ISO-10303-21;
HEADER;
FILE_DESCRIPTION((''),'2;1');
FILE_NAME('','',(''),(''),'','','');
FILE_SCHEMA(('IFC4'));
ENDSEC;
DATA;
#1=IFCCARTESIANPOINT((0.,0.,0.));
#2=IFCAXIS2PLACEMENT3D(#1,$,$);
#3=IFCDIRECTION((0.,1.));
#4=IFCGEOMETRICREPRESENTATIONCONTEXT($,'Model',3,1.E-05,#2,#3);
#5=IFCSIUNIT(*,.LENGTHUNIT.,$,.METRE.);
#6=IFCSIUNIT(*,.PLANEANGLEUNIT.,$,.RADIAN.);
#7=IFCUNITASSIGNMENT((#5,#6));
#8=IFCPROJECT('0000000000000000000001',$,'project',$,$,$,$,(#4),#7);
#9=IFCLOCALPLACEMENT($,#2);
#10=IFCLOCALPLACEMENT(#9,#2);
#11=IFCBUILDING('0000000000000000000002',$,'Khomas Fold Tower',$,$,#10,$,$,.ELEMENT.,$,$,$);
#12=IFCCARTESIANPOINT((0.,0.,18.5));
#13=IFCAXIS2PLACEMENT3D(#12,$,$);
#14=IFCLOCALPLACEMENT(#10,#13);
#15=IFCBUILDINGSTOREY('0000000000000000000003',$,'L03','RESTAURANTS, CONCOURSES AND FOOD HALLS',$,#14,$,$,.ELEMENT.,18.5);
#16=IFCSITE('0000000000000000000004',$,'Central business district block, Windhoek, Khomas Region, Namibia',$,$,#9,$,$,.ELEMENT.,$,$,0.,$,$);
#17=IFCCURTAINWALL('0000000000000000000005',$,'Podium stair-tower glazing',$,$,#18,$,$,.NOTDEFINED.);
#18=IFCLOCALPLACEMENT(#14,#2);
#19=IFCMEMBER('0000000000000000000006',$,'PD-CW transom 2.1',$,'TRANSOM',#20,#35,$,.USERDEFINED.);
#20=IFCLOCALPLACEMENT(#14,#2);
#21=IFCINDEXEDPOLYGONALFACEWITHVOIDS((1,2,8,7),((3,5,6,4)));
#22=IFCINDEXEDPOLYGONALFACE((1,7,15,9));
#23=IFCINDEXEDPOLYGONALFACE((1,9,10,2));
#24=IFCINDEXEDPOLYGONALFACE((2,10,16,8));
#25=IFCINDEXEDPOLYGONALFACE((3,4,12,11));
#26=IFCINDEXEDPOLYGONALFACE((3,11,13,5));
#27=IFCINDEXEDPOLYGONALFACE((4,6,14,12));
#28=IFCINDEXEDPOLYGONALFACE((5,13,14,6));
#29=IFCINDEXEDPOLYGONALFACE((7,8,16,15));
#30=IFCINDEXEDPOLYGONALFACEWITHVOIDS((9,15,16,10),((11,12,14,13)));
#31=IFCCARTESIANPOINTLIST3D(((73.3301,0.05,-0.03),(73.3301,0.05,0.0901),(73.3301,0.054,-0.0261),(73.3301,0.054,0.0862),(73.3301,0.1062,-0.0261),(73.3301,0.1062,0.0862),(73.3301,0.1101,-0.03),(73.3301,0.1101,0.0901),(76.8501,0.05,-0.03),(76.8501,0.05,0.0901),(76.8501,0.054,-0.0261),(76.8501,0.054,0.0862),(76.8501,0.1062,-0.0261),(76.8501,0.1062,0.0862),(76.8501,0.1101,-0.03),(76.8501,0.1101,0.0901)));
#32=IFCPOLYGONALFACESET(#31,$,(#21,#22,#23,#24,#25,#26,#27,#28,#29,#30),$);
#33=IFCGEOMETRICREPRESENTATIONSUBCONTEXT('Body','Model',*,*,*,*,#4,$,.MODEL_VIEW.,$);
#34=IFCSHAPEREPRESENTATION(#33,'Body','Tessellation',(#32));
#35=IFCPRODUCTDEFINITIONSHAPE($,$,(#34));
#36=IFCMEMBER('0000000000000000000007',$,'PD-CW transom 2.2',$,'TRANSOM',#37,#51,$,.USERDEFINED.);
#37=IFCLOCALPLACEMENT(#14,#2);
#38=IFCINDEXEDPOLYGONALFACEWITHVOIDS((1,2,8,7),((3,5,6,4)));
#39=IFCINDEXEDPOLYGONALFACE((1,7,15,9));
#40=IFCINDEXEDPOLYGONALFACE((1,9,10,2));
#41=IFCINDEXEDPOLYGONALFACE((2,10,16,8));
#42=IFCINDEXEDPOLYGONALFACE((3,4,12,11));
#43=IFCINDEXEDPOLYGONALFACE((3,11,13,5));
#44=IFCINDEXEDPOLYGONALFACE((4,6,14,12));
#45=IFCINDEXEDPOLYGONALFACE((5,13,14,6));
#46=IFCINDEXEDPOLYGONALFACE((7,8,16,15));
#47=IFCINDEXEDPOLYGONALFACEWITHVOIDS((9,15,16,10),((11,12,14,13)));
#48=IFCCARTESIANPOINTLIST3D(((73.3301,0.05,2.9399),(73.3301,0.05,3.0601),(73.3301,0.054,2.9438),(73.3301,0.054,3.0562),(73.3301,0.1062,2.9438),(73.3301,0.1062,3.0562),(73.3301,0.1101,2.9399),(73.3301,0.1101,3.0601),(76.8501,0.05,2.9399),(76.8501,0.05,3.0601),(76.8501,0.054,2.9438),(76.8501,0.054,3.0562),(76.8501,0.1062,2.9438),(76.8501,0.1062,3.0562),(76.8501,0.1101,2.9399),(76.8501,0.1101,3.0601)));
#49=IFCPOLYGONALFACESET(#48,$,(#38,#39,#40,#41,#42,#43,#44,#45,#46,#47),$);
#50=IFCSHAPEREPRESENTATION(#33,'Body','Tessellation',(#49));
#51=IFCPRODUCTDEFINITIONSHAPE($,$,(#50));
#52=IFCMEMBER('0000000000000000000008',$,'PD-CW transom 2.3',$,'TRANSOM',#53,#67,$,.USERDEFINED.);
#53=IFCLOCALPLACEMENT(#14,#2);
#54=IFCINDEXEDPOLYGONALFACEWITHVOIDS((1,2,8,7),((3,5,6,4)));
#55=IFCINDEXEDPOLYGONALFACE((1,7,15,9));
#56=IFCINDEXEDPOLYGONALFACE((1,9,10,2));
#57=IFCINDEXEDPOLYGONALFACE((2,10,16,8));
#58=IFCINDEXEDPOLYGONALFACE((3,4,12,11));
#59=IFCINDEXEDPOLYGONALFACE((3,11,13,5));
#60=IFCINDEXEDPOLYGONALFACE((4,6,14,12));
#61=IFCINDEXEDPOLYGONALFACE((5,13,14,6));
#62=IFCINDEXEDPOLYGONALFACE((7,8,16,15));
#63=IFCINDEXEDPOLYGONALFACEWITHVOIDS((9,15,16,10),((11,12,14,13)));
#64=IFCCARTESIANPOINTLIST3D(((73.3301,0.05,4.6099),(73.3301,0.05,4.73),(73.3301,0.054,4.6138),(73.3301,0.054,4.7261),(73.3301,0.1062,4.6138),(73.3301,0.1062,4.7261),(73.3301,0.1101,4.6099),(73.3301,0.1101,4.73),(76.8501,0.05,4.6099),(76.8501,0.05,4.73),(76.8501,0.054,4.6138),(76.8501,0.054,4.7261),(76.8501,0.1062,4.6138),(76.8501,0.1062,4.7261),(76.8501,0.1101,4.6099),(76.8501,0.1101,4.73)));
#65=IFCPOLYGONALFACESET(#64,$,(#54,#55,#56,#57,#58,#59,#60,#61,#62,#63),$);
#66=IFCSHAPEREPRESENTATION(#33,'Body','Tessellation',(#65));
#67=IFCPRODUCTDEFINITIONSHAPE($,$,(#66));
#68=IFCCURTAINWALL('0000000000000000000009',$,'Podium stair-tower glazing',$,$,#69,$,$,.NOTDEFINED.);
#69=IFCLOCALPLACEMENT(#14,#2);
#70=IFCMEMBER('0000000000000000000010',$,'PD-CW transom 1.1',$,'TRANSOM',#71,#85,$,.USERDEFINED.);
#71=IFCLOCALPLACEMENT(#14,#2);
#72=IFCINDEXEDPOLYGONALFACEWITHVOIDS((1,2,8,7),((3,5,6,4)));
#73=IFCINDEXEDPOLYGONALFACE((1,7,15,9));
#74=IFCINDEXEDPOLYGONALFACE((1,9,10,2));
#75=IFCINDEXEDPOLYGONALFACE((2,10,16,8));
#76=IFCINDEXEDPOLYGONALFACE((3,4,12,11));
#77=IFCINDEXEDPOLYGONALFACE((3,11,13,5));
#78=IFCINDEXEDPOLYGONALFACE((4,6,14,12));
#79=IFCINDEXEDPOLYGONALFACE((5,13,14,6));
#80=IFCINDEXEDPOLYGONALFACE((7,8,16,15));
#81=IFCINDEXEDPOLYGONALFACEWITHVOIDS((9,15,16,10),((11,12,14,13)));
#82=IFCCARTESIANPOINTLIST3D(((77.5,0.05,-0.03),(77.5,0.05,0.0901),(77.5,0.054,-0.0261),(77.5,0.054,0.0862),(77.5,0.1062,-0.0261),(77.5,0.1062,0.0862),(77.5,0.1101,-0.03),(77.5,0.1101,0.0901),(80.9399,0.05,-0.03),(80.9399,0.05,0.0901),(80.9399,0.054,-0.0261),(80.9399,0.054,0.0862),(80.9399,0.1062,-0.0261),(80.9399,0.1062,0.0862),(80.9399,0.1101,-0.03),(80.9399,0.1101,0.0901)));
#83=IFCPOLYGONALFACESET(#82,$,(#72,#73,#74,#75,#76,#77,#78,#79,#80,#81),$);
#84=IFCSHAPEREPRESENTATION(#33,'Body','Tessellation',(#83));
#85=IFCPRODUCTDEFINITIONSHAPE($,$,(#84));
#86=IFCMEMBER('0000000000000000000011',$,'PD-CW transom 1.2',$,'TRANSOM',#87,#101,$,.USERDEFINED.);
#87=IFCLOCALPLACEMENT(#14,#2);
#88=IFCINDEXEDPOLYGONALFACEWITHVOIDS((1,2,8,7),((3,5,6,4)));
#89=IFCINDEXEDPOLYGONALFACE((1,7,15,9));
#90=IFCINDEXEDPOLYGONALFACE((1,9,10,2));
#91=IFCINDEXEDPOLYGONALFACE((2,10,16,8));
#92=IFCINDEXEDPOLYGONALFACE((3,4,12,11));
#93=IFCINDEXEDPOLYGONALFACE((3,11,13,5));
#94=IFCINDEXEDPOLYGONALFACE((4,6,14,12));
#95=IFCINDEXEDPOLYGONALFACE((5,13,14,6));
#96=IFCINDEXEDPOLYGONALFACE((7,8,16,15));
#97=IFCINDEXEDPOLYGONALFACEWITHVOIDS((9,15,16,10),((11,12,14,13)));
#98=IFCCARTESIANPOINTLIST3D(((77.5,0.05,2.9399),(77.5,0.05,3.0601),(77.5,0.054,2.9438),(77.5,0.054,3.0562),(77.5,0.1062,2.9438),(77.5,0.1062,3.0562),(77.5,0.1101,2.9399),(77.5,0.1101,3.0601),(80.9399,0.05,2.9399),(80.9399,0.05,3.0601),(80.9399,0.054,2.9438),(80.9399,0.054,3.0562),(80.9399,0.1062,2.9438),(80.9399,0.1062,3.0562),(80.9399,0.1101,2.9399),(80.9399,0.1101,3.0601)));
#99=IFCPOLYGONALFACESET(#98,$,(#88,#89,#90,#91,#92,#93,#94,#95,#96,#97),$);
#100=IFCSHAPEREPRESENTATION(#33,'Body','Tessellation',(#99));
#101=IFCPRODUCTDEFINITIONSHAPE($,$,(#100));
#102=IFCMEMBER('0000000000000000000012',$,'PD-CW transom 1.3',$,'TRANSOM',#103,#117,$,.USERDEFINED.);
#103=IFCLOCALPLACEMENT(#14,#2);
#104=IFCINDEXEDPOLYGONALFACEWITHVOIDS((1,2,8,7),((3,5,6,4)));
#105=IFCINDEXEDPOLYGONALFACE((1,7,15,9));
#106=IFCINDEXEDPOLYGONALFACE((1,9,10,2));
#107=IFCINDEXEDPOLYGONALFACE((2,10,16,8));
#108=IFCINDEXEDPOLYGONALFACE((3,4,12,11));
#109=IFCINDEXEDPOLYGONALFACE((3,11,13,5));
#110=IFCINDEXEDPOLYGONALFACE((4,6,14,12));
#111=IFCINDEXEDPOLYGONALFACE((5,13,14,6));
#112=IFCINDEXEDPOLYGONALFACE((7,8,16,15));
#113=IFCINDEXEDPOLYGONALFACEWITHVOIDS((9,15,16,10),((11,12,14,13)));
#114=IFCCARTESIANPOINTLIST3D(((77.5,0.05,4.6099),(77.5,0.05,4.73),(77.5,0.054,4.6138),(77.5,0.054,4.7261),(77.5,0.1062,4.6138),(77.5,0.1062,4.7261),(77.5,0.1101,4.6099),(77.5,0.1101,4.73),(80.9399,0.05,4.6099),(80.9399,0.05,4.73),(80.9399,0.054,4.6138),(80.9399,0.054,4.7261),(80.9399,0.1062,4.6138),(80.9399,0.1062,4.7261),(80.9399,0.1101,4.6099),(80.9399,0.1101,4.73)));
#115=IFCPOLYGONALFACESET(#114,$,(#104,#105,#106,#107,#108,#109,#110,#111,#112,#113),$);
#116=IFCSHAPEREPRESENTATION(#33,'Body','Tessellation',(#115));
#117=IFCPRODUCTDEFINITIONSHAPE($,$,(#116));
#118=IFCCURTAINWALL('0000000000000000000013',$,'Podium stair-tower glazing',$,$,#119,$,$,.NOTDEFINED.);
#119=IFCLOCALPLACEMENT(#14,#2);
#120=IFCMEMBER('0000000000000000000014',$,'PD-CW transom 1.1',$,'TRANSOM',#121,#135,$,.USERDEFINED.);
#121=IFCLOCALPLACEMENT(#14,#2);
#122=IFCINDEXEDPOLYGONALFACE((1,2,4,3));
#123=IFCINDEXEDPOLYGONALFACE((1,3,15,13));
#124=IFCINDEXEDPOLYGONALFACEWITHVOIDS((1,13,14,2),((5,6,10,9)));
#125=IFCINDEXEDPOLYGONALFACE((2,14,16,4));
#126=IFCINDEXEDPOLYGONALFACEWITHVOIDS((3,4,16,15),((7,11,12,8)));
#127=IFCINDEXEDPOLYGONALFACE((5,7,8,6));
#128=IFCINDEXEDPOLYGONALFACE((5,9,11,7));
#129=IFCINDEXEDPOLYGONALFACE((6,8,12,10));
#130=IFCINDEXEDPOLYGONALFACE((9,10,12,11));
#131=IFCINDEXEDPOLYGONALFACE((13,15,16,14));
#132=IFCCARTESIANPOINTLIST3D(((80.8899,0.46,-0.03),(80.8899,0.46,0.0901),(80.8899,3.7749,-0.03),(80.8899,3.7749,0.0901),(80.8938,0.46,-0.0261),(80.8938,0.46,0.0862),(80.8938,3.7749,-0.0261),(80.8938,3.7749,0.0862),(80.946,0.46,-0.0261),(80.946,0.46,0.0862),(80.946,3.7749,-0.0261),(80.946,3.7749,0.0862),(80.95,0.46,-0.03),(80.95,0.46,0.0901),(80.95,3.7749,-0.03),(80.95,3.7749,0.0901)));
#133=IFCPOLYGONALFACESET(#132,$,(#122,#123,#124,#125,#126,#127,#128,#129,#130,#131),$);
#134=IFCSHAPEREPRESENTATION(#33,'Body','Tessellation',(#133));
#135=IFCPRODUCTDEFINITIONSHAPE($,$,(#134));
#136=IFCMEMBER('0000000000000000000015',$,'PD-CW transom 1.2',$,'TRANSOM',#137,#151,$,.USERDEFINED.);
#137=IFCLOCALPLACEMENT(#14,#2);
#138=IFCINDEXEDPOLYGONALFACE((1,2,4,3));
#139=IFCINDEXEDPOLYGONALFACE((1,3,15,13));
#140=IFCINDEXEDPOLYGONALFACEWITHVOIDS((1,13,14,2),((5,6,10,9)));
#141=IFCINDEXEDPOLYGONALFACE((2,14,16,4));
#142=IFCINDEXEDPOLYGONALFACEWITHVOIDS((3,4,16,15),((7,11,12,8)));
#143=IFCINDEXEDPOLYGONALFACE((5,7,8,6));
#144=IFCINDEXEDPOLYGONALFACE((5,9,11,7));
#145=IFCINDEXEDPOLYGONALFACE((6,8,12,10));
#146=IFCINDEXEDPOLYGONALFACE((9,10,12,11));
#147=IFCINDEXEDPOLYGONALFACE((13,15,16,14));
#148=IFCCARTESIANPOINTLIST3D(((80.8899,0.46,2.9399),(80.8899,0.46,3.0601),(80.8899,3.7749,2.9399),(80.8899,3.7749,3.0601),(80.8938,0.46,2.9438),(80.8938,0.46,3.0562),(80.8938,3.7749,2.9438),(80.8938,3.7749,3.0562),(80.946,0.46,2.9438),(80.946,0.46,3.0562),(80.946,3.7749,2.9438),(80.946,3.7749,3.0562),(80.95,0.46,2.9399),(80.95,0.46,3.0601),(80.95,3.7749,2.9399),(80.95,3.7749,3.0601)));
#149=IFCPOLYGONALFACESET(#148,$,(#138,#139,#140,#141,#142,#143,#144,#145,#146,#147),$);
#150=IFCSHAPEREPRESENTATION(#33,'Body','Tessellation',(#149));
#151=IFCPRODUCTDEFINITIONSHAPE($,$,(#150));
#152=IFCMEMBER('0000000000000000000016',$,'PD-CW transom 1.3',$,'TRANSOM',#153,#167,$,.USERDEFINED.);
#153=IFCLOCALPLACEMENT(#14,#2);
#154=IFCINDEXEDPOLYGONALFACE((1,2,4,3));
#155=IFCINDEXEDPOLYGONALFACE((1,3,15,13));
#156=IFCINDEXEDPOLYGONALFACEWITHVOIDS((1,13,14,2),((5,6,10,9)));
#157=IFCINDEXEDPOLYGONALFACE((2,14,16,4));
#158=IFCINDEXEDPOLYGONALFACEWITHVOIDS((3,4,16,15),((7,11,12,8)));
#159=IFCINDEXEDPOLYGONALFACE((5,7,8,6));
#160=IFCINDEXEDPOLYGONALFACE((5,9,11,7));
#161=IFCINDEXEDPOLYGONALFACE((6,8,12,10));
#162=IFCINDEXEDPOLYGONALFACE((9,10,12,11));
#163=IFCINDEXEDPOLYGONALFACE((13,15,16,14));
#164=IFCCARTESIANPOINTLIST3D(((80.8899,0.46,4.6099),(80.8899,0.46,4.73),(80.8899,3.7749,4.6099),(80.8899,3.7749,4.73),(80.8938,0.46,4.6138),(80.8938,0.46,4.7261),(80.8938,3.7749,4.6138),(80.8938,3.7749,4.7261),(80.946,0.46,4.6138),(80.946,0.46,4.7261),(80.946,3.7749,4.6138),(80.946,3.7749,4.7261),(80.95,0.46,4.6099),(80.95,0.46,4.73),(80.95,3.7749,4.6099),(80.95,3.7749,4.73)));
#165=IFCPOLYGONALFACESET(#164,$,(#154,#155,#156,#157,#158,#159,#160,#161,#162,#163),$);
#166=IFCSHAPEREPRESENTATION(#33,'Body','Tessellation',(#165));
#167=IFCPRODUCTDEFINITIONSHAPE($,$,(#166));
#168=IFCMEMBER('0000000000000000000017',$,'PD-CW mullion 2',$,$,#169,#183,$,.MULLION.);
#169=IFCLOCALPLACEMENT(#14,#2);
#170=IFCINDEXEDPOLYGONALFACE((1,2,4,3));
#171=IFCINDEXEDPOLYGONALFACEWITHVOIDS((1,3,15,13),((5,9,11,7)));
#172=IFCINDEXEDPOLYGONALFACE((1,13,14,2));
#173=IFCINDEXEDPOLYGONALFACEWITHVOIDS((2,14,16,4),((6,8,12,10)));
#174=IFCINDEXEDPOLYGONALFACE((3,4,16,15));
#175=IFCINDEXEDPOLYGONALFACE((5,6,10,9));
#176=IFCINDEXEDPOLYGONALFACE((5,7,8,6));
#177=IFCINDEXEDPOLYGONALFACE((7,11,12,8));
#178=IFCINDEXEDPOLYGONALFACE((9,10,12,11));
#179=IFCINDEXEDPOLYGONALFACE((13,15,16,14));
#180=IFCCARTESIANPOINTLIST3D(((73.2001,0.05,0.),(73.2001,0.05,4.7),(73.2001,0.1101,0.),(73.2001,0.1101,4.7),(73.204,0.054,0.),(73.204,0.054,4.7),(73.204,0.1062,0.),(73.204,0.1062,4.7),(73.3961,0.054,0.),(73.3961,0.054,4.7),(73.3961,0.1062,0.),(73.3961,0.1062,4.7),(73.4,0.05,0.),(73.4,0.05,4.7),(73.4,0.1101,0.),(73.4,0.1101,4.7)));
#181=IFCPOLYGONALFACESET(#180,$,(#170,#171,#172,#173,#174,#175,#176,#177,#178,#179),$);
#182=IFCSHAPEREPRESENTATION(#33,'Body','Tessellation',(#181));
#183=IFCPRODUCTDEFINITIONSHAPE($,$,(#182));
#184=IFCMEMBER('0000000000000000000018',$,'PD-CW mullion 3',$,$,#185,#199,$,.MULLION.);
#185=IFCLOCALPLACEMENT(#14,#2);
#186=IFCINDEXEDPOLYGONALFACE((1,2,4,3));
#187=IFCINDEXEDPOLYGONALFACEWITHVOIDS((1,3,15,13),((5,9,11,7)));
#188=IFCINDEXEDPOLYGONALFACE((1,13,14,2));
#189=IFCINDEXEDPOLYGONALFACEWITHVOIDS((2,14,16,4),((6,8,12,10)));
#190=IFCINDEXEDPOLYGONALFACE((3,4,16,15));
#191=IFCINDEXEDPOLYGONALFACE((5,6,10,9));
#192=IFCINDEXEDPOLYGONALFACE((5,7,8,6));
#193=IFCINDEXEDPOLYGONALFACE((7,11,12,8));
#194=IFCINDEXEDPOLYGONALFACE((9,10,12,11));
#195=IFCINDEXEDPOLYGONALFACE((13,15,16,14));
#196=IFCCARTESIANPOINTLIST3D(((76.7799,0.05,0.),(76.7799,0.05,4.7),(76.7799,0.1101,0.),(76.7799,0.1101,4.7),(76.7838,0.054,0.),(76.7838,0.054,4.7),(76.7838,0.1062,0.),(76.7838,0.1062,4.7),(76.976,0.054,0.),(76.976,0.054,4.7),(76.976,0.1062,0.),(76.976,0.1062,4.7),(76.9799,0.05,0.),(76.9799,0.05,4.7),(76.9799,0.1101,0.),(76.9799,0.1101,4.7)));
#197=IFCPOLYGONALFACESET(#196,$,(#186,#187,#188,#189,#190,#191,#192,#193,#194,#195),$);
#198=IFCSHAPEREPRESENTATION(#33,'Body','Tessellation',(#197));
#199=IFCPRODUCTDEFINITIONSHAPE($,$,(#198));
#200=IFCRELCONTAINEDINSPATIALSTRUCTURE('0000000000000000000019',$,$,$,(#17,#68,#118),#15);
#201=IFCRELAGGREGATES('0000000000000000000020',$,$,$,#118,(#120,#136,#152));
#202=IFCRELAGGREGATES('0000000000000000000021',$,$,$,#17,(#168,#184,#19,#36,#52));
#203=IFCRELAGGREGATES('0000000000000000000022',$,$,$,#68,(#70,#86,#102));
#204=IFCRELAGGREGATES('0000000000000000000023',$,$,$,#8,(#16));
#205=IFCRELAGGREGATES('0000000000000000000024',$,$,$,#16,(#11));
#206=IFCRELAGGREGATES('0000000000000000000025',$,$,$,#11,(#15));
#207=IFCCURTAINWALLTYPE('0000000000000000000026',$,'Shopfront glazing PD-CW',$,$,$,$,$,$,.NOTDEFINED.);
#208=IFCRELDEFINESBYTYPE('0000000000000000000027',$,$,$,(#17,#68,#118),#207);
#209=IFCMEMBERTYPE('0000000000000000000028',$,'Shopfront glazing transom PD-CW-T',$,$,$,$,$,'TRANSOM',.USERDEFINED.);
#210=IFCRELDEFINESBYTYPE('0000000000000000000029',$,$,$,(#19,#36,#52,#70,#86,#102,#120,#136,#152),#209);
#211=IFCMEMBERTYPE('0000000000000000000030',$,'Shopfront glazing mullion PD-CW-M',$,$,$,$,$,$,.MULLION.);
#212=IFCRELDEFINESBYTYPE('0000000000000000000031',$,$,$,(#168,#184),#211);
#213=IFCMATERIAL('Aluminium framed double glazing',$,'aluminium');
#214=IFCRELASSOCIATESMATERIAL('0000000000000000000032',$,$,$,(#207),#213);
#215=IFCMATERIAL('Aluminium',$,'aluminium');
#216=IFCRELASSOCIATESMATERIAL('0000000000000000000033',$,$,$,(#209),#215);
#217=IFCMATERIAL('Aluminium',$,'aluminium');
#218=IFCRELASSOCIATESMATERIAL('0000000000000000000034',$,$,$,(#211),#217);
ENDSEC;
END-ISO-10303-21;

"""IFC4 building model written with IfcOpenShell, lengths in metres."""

from ifc_helpers import new_model, si_unit, direction, frame, origin, origin_2d, place, context, subcontext, project, spatial, hollow_rectangle, extrude, source, transform, mapped, material, material_profile, profile_set, type_object, element, aggregate, save


model = new_model("IFC4")

# Units and contexts
model_context = context("Model", 3, precision=1e-05, world=origin(), true_north=direction((0.0, 1.0)))
body_context = subcontext(model_context, "Body", "Model", "MODEL_VIEW")
ifc_project = project(units=[si_unit("LENGTHUNIT", "METRE"), si_unit("PLANEANGLEUNIT", "RADIAN")], contexts=[model_context])

# Site, building, storey
site_placement = place(None, origin())
site = spatial("IfcSite", under=ifc_project, at=site_placement, Name="Central business district block, Windhoek, Khomas Region, Namibia", CompositionType="ELEMENT", RefElevation=0.0)
building_placement = place(site_placement, origin())
building = spatial("IfcBuilding", under=site, at=building_placement, Name="Khomas Fold Tower", CompositionType="ELEMENT")
storey_placement = place(building_placement, frame((0.0, 0.0, 18.5)))
storey = spatial("IfcBuildingStorey", under=building, at=storey_placement, Name="L03", Description="RESTAURANTS, CONCOURSES AND FOOD HALLS", CompositionType="ELEMENT", Elevation=18.5)

# Curtain walls, members
ifc_material_1 = material(Name="Aluminium framed double glazing", Category="aluminium")
curtain_wall_type = type_object("IfcCurtainWallType", Name="Shopfront glazing PD-CW", PredefinedType="NOTDEFINED", material=ifc_material_1)
curtain_wall_1_placement = place(storey_placement, origin())
curtain_wall_1 = element("IfcCurtainWall", 1, at=curtain_wall_1_placement, inside=storey, type_object=curtain_wall_type, Name="Podium stair-tower glazing", PredefinedType="NOTDEFINED")
ifc_material_2 = material(Name="Aluminium", Category="aluminium")
ifc_material_profile_1 = material_profile(ifc_material_2, hollow_rectangle(XDim=0.0601, YDim=0.1201, WallThickness=0.0039, at=origin_2d()), Name="Shopfront glazing transom PD-CW-T")
ifc_profile_set_1 = profile_set([ifc_material_profile_1], Name="Aluminium")
member_type_1 = type_object("IfcMemberType", Name="Shopfront glazing transom PD-CW-T", ElementType="TRANSOM", PredefinedType="USERDEFINED", material=ifc_profile_set_1)
shared_shape_1 = source(origin(), body_context, "Body", "SweptSolid", [
    extrude(hollow_rectangle(XDim=0.0601, YDim=0.1201, WallThickness=0.0039, at=origin_2d()), origin(), (0.0, 0.0, 1.0), 3.52),
])
member_1_placement = place(storey_placement, frame((73.3301, 0.0801, 0.03), z_axis=(1.0, 0.0, 0.0), x_axis=(0.0, 1.0, 0.0)))
member_1 = element("IfcMember", 2, at=member_1_placement, type_object=member_type_1, Name="PD-CW transom 2.1", ObjectType="TRANSOM", PredefinedType="USERDEFINED", context=body_context, shape_type="MappedRepresentation", body=[
    mapped(shared_shape_1, transform((0.0, 0.0, 0.0))),
])
member_2_placement = place(storey_placement, frame((73.3301, 0.0801, 3.0), z_axis=(1.0, 0.0, 0.0), x_axis=(0.0, 1.0, 0.0)))
member_2 = element("IfcMember", 3, at=member_2_placement, type_object=member_type_1, Name="PD-CW transom 2.2", ObjectType="TRANSOM", PredefinedType="USERDEFINED", context=body_context, shape_type="MappedRepresentation", body=[
    mapped(shared_shape_1, transform((0.0, 0.0, 0.0))),
])
member_3_placement = place(storey_placement, frame((73.3301, 0.0801, 4.6699), z_axis=(1.0, 0.0, 0.0), x_axis=(0.0, 1.0, 0.0)))
member_3 = element("IfcMember", 4, at=member_3_placement, type_object=member_type_1, Name="PD-CW transom 2.3", ObjectType="TRANSOM", PredefinedType="USERDEFINED", context=body_context, shape_type="MappedRepresentation", body=[
    mapped(shared_shape_1, transform((0.0, 0.0, 0.0))),
])
curtain_wall_2_placement = place(storey_placement, origin())
curtain_wall_2 = element("IfcCurtainWall", 5, at=curtain_wall_2_placement, inside=storey, type_object=curtain_wall_type, Name="Podium stair-tower glazing", PredefinedType="NOTDEFINED")
shared_shape_2 = source(origin(), body_context, "Body", "SweptSolid", [
    extrude(hollow_rectangle(XDim=0.0601, YDim=0.1201, WallThickness=0.0039, at=origin_2d()), origin(), (0.0, 0.0, 1.0), 3.4399),
])
member_4_placement = place(storey_placement, frame((77.5, 0.0801, 0.03), z_axis=(1.0, 0.0, 0.0), x_axis=(0.0, 1.0, 0.0)))
member_4 = element("IfcMember", 6, at=member_4_placement, type_object=member_type_1, Name="PD-CW transom 1.1", ObjectType="TRANSOM", PredefinedType="USERDEFINED", context=body_context, shape_type="MappedRepresentation", body=[
    mapped(shared_shape_2, transform((0.0, 0.0, 0.0))),
])
member_5_placement = place(storey_placement, frame((77.5, 0.0801, 3.0), z_axis=(1.0, 0.0, 0.0), x_axis=(0.0, 1.0, 0.0)))
member_5 = element("IfcMember", 7, at=member_5_placement, type_object=member_type_1, Name="PD-CW transom 1.2", ObjectType="TRANSOM", PredefinedType="USERDEFINED", context=body_context, shape_type="MappedRepresentation", body=[
    mapped(shared_shape_2, transform((0.0, 0.0, 0.0))),
])
member_6_placement = place(storey_placement, frame((77.5, 0.0801, 4.6699), z_axis=(1.0, 0.0, 0.0), x_axis=(0.0, 1.0, 0.0)))
member_6 = element("IfcMember", 8, at=member_6_placement, type_object=member_type_1, Name="PD-CW transom 1.3", ObjectType="TRANSOM", PredefinedType="USERDEFINED", context=body_context, shape_type="MappedRepresentation", body=[
    mapped(shared_shape_2, transform((0.0, 0.0, 0.0))),
])
curtain_wall_3_placement = place(storey_placement, origin())
curtain_wall_3 = element("IfcCurtainWall", 9, at=curtain_wall_3_placement, inside=storey, type_object=curtain_wall_type, Name="Podium stair-tower glazing", PredefinedType="NOTDEFINED")
shared_shape_3 = source(origin(), body_context, "Body", "SweptSolid", [
    extrude(hollow_rectangle(XDim=0.0601, YDim=0.1201, WallThickness=0.0039, at=origin_2d()), origin(), (0.0, 0.0, 1.0), 3.3149),
])
member_7_placement = place(storey_placement, frame((80.9199, 0.46, 0.03), z_axis=(0.0, 1.0, 0.0), x_axis=(-1.0, 0.0, 0.0)))
member_7 = element("IfcMember", 10, at=member_7_placement, type_object=member_type_1, Name="PD-CW transom 1.1", ObjectType="TRANSOM", PredefinedType="USERDEFINED", context=body_context, shape_type="MappedRepresentation", body=[
    mapped(shared_shape_3, transform((0.0, 0.0, 0.0))),
])
member_8_placement = place(storey_placement, frame((80.9199, 0.46, 3.0), z_axis=(0.0, 1.0, 0.0), x_axis=(-1.0, 0.0, 0.0)))
member_8 = element("IfcMember", 11, at=member_8_placement, type_object=member_type_1, Name="PD-CW transom 1.2", ObjectType="TRANSOM", PredefinedType="USERDEFINED", context=body_context, shape_type="MappedRepresentation", body=[
    mapped(shared_shape_3, transform((0.0, 0.0, 0.0))),
])
member_9_placement = place(storey_placement, frame((80.9199, 0.46, 4.6699), z_axis=(0.0, 1.0, 0.0), x_axis=(-1.0, 0.0, 0.0)))
member_9 = element("IfcMember", 12, at=member_9_placement, type_object=member_type_1, Name="PD-CW transom 1.3", ObjectType="TRANSOM", PredefinedType="USERDEFINED", context=body_context, shape_type="MappedRepresentation", body=[
    mapped(shared_shape_3, transform((0.0, 0.0, 0.0))),
])

# Members
ifc_material_3 = material(Name="Aluminium", Category="aluminium")
ifc_material_profile_2 = material_profile(ifc_material_3, hollow_rectangle(XDim=0.0601, YDim=0.2, WallThickness=0.0039, at=origin_2d()), Name="Shopfront glazing mullion PD-CW-M")
ifc_profile_set_2 = profile_set([ifc_material_profile_2], Name="Aluminium")
member_type_2 = type_object("IfcMemberType", Name="Shopfront glazing mullion PD-CW-M", PredefinedType="MULLION", material=ifc_profile_set_2)
shared_shape_4 = source(origin(), body_context, "Body", "SweptSolid", [
    extrude(hollow_rectangle(XDim=0.0601, YDim=0.2, WallThickness=0.0039, at=origin_2d()), origin(), (0.0, 0.0, 1.0), 4.7),
])
member_10_placement = place(storey_placement, frame((73.3, 0.0801, 0.0), z_axis=(0.0, 0.0, 1.0), x_axis=(0.0, 1.0, 0.0)))
member_10 = element("IfcMember", 13, at=member_10_placement, type_object=member_type_2, Name="PD-CW mullion 2", PredefinedType="MULLION", context=body_context, shape_type="MappedRepresentation", body=[
    mapped(shared_shape_4, transform((0.0, 0.0, 0.0))),
])
member_11_placement = place(storey_placement, frame((76.8799, 0.0801, 0.0), z_axis=(0.0, 0.0, 1.0), x_axis=(0.0, 1.0, 0.0)))
member_11 = element("IfcMember", 14, at=member_11_placement, type_object=member_type_2, Name="PD-CW mullion 3", PredefinedType="MULLION", context=body_context, shape_type="MappedRepresentation", body=[
    mapped(shared_shape_4, transform((0.0, 0.0, 0.0))),
])
aggregate(curtain_wall_3, [member_7, member_8, member_9])

aggregate(curtain_wall_1, [member_10, member_11, member_1, member_2, member_3])
aggregate(curtain_wall_2, [member_4, member_5, member_6])

save(model, "model.ifc")
